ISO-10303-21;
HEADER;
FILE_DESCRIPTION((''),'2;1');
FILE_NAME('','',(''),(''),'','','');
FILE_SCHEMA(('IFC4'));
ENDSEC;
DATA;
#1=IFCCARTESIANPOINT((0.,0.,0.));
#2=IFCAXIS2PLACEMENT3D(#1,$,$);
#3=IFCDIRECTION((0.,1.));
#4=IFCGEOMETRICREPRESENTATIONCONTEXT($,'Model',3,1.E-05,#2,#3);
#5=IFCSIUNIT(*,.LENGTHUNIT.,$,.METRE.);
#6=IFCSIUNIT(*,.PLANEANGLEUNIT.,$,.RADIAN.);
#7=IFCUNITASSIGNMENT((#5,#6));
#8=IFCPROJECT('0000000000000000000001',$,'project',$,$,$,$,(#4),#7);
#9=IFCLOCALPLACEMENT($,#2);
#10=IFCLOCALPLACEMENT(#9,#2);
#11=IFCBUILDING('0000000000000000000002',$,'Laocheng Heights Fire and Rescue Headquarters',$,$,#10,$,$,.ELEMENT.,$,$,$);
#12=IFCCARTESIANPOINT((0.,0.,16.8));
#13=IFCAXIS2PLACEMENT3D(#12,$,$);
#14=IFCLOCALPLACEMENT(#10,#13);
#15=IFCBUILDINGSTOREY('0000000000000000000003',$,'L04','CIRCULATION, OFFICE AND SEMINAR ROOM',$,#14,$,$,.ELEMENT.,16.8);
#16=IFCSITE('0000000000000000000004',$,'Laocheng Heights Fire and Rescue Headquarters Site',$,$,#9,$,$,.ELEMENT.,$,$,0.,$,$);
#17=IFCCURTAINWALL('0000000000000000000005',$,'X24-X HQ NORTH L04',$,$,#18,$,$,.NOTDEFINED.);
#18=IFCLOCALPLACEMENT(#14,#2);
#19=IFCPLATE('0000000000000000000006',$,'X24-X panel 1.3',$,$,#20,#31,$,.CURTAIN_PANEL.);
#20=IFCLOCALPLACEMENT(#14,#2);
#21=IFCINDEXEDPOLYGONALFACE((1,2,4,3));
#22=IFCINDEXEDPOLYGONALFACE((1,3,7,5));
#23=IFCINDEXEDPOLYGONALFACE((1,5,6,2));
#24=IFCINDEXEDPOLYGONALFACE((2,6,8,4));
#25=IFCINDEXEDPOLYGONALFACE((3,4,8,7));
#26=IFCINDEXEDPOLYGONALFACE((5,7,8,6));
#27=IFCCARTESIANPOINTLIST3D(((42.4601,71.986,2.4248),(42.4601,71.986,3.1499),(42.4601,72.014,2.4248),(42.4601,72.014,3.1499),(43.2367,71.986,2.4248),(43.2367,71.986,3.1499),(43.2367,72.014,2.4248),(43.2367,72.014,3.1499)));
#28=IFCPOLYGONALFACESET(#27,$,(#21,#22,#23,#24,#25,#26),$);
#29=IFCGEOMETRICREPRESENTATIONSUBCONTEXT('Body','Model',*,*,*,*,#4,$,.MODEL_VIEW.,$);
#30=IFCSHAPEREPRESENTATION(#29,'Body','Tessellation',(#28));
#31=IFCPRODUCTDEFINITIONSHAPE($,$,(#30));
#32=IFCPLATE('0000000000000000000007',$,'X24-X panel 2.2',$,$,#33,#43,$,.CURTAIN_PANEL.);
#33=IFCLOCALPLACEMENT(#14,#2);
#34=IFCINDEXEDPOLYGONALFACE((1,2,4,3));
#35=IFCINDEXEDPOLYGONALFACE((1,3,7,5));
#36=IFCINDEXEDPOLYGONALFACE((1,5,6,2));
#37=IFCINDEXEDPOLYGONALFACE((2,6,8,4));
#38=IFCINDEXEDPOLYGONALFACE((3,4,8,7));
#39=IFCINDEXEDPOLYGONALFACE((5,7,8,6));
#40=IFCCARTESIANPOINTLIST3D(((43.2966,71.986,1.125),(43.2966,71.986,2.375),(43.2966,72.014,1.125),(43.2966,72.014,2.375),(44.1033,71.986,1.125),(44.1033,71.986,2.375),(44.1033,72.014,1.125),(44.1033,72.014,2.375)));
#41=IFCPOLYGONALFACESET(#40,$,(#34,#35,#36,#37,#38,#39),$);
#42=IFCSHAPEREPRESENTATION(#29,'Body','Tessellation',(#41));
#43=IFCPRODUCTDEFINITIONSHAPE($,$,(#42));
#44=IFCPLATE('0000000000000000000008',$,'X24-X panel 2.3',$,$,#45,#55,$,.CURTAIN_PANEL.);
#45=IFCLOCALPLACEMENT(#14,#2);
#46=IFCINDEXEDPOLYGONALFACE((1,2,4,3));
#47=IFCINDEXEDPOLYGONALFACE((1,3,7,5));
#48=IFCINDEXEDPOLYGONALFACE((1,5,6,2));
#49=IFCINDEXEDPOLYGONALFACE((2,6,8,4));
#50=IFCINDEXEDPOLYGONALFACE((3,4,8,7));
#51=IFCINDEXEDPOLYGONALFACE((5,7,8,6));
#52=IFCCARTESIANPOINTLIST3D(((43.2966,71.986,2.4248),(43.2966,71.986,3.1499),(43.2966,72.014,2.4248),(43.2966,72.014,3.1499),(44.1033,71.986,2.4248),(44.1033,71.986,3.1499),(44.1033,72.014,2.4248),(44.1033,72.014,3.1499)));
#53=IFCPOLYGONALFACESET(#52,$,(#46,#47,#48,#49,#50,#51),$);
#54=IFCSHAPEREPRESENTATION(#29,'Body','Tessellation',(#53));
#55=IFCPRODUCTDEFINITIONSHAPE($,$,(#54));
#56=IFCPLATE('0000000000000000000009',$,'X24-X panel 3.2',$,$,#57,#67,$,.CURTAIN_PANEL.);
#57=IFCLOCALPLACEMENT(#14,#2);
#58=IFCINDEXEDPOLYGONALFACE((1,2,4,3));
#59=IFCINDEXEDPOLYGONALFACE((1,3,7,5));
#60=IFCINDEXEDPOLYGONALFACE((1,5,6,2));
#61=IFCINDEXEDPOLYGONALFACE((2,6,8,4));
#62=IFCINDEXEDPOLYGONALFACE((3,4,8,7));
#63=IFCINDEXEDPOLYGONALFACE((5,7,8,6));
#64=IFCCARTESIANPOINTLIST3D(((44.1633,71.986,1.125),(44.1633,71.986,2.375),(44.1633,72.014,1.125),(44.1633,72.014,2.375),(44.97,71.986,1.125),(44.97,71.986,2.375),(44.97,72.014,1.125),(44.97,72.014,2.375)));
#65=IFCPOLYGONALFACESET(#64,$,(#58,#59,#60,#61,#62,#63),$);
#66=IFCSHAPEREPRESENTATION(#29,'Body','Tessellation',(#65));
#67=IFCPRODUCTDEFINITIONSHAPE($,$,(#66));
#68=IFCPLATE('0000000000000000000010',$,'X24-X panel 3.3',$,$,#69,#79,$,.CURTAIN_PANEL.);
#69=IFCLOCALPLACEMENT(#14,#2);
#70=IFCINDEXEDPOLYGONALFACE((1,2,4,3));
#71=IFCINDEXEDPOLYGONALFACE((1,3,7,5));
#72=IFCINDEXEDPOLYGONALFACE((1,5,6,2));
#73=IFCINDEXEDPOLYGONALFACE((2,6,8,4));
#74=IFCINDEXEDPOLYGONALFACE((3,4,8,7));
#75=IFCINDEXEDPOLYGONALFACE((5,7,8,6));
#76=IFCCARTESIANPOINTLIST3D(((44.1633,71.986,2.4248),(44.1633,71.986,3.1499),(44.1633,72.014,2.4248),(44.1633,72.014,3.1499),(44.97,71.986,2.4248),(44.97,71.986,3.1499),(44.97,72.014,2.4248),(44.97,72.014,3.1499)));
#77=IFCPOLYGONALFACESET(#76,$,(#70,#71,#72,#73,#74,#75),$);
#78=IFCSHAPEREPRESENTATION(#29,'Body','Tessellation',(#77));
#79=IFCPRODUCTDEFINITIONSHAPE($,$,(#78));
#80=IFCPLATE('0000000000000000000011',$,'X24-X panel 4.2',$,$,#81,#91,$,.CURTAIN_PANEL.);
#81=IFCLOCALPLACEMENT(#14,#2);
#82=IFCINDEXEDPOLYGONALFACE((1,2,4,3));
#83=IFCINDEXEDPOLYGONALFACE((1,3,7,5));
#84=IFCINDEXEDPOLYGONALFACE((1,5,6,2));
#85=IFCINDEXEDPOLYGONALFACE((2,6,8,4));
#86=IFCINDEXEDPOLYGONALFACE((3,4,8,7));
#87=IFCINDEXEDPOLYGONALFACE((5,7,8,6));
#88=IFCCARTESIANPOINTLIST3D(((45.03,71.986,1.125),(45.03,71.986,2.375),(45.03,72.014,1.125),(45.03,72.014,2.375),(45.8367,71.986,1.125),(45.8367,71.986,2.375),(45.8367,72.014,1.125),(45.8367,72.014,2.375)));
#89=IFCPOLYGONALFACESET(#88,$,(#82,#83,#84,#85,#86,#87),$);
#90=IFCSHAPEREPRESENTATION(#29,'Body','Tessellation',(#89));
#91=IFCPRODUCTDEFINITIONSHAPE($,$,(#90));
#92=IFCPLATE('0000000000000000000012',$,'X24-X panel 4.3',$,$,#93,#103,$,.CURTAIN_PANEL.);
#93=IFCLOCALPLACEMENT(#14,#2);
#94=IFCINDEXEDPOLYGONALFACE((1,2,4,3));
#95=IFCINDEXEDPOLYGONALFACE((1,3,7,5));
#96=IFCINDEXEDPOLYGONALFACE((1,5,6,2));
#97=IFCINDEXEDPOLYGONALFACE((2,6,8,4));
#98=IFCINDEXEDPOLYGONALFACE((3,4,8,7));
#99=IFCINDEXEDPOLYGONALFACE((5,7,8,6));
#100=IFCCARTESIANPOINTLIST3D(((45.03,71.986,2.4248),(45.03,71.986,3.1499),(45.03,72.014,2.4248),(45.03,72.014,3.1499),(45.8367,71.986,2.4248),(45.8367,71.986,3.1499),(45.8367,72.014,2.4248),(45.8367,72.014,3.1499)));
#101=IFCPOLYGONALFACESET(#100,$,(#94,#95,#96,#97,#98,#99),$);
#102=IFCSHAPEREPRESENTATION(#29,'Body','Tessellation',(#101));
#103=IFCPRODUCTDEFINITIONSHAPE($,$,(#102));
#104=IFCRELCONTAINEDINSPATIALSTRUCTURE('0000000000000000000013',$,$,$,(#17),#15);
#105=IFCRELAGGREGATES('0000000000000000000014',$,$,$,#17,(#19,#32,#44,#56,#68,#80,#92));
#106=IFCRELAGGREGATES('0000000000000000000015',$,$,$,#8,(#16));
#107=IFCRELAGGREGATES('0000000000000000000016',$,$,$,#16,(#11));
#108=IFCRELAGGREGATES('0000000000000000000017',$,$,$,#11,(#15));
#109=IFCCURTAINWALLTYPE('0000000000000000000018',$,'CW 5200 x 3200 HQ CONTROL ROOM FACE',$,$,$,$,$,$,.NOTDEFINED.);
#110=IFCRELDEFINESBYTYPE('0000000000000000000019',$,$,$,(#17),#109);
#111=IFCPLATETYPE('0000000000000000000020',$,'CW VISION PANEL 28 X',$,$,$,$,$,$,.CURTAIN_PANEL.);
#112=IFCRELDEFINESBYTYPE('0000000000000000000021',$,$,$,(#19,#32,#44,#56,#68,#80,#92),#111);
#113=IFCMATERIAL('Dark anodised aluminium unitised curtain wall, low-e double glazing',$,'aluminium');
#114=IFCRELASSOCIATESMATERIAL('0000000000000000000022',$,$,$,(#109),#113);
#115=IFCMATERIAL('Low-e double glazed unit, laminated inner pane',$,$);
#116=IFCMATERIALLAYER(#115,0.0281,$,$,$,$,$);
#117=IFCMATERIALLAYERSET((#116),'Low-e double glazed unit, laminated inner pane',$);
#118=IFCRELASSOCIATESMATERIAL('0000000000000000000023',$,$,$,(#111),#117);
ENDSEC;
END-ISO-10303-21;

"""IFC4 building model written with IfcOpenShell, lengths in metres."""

from ifc_helpers import new_model, si_unit, direction, frame, origin, origin_2d, place, context, subcontext, project, spatial, rectangle, extrude, material, layer, layer_set, type_object, element, aggregate, save


model = new_model("IFC4")

# Units and contexts
model_context = context("Model", 3, precision=1e-05, world=origin(), true_north=direction((0.0, 1.0)))
body_context = subcontext(model_context, "Body", "Model", "MODEL_VIEW")
ifc_project = project(units=[si_unit("LENGTHUNIT", "METRE"), si_unit("PLANEANGLEUNIT", "RADIAN")], contexts=[model_context])

# Site, building, storey
site_placement = place(None, origin())
site = spatial("IfcSite", under=ifc_project, at=site_placement, Name="Laocheng Heights Fire and Rescue Headquarters Site", CompositionType="ELEMENT", RefElevation=0.0)
building_placement = place(site_placement, origin())
building = spatial("IfcBuilding", under=site, at=building_placement, Name="Laocheng Heights Fire and Rescue Headquarters", CompositionType="ELEMENT")
storey_placement = place(building_placement, frame((0.0, 0.0, 16.8)))
storey = spatial("IfcBuildingStorey", under=building, at=storey_placement, Name="L04", Description="CIRCULATION, OFFICE AND SEMINAR ROOM", CompositionType="ELEMENT", Elevation=16.8)

# Curtain wall, plates
ifc_material_1 = material(Name="Dark anodised aluminium unitised curtain wall, low-e double glazing", Category="aluminium")
curtain_wall_type = type_object("IfcCurtainWallType", Name="CW 5200 x 3200 HQ CONTROL ROOM FACE", PredefinedType="NOTDEFINED", material=ifc_material_1)
curtain_wall_placement = place(storey_placement, origin())
curtain_wall = element("IfcCurtainWall", 1, at=curtain_wall_placement, inside=storey, type_object=curtain_wall_type, Name="X24-X HQ NORTH L04", PredefinedType="NOTDEFINED")
ifc_material_2 = material(Name="Low-e double glazed unit, laminated inner pane")
ifc_layer_1 = layer(ifc_material_2, 0.0281)
ifc_layer_set_1 = layer_set([ifc_layer_1], Name="Low-e double glazed unit, laminated inner pane")
plate_type_1 = type_object("IfcPlateType", Name="CW VISION PANEL 28 X", PredefinedType="CURTAIN_PANEL", material=ifc_layer_set_1)
plate_1_placement = place(storey_placement, frame((42.8484, 72.0, 2.4248), z_axis=(0.0, 0.0, 1.0), x_axis=(1.0, 0.0, 0.0)))
plate_1 = element("IfcPlate", 2, at=plate_1_placement, type_object=plate_type_1, Name="X24-X panel 1.3", PredefinedType="CURTAIN_PANEL", context=body_context, shape_type="SweptSolid", body=[
    extrude(rectangle(XDim=0.7766, YDim=0.0281, at=origin_2d()), origin(), (0.0, 0.0, 1.0), 0.7251),
])
plate_2_placement = place(storey_placement, frame((43.7, 72.0, 1.125), z_axis=(0.0, 0.0, 1.0), x_axis=(1.0, 0.0, 0.0)))
plate_2 = element("IfcPlate", 3, at=plate_2_placement, type_object=plate_type_1, Name="X24-X panel 2.2", PredefinedType="CURTAIN_PANEL", context=body_context, shape_type="SweptSolid", body=[
    extrude(rectangle(XDim=0.8066, YDim=0.0281, at=origin_2d()), origin(), (0.0, 0.0, 1.0), 1.25),
])
plate_3_placement = place(storey_placement, frame((43.7, 72.0, 2.4248), z_axis=(0.0, 0.0, 1.0), x_axis=(1.0, 0.0, 0.0)))
plate_3 = element("IfcPlate", 4, at=plate_3_placement, type_object=plate_type_1, Name="X24-X panel 2.3", PredefinedType="CURTAIN_PANEL", context=body_context, shape_type="SweptSolid", body=[
    extrude(rectangle(XDim=0.8066, YDim=0.0281, at=origin_2d()), origin(), (0.0, 0.0, 1.0), 0.7251),
])
plate_4_placement = place(storey_placement, frame((44.5667, 72.0, 1.125), z_axis=(0.0, 0.0, 1.0), x_axis=(1.0, 0.0, 0.0)))
plate_4 = element("IfcPlate", 5, at=plate_4_placement, type_object=plate_type_1, Name="X24-X panel 3.2", PredefinedType="CURTAIN_PANEL", context=body_context, shape_type="SweptSolid", body=[
    extrude(rectangle(XDim=0.8066, YDim=0.0281, at=origin_2d()), origin(), (0.0, 0.0, 1.0), 1.25),
])
plate_5_placement = place(storey_placement, frame((44.5667, 72.0, 2.4248), z_axis=(0.0, 0.0, 1.0), x_axis=(1.0, 0.0, 0.0)))
plate_5 = element("IfcPlate", 6, at=plate_5_placement, type_object=plate_type_1, Name="X24-X panel 3.3", PredefinedType="CURTAIN_PANEL", context=body_context, shape_type="SweptSolid", body=[
    extrude(rectangle(XDim=0.8066, YDim=0.0281, at=origin_2d()), origin(), (0.0, 0.0, 1.0), 0.7251),
])
plate_6_placement = place(storey_placement, frame((45.4333, 72.0, 1.125), z_axis=(0.0, 0.0, 1.0), x_axis=(1.0, 0.0, 0.0)))
plate_6 = element("IfcPlate", 7, at=plate_6_placement, type_object=plate_type_1, Name="X24-X panel 4.2", PredefinedType="CURTAIN_PANEL", context=body_context, shape_type="SweptSolid", body=[
    extrude(rectangle(XDim=0.8066, YDim=0.0281, at=origin_2d()), origin(), (0.0, 0.0, 1.0), 1.25),
])
plate_7_placement = place(storey_placement, frame((45.4333, 72.0, 2.4248), z_axis=(0.0, 0.0, 1.0), x_axis=(1.0, 0.0, 0.0)))
plate_7 = element("IfcPlate", 8, at=plate_7_placement, type_object=plate_type_1, Name="X24-X panel 4.3", PredefinedType="CURTAIN_PANEL", context=body_context, shape_type="SweptSolid", body=[
    extrude(rectangle(XDim=0.8066, YDim=0.0281, at=origin_2d()), origin(), (0.0, 0.0, 1.0), 0.7251),
])
aggregate(curtain_wall, [plate_1, plate_2, plate_3, plate_4, plate_5, plate_6, plate_7])

save(model, "model.ifc")
